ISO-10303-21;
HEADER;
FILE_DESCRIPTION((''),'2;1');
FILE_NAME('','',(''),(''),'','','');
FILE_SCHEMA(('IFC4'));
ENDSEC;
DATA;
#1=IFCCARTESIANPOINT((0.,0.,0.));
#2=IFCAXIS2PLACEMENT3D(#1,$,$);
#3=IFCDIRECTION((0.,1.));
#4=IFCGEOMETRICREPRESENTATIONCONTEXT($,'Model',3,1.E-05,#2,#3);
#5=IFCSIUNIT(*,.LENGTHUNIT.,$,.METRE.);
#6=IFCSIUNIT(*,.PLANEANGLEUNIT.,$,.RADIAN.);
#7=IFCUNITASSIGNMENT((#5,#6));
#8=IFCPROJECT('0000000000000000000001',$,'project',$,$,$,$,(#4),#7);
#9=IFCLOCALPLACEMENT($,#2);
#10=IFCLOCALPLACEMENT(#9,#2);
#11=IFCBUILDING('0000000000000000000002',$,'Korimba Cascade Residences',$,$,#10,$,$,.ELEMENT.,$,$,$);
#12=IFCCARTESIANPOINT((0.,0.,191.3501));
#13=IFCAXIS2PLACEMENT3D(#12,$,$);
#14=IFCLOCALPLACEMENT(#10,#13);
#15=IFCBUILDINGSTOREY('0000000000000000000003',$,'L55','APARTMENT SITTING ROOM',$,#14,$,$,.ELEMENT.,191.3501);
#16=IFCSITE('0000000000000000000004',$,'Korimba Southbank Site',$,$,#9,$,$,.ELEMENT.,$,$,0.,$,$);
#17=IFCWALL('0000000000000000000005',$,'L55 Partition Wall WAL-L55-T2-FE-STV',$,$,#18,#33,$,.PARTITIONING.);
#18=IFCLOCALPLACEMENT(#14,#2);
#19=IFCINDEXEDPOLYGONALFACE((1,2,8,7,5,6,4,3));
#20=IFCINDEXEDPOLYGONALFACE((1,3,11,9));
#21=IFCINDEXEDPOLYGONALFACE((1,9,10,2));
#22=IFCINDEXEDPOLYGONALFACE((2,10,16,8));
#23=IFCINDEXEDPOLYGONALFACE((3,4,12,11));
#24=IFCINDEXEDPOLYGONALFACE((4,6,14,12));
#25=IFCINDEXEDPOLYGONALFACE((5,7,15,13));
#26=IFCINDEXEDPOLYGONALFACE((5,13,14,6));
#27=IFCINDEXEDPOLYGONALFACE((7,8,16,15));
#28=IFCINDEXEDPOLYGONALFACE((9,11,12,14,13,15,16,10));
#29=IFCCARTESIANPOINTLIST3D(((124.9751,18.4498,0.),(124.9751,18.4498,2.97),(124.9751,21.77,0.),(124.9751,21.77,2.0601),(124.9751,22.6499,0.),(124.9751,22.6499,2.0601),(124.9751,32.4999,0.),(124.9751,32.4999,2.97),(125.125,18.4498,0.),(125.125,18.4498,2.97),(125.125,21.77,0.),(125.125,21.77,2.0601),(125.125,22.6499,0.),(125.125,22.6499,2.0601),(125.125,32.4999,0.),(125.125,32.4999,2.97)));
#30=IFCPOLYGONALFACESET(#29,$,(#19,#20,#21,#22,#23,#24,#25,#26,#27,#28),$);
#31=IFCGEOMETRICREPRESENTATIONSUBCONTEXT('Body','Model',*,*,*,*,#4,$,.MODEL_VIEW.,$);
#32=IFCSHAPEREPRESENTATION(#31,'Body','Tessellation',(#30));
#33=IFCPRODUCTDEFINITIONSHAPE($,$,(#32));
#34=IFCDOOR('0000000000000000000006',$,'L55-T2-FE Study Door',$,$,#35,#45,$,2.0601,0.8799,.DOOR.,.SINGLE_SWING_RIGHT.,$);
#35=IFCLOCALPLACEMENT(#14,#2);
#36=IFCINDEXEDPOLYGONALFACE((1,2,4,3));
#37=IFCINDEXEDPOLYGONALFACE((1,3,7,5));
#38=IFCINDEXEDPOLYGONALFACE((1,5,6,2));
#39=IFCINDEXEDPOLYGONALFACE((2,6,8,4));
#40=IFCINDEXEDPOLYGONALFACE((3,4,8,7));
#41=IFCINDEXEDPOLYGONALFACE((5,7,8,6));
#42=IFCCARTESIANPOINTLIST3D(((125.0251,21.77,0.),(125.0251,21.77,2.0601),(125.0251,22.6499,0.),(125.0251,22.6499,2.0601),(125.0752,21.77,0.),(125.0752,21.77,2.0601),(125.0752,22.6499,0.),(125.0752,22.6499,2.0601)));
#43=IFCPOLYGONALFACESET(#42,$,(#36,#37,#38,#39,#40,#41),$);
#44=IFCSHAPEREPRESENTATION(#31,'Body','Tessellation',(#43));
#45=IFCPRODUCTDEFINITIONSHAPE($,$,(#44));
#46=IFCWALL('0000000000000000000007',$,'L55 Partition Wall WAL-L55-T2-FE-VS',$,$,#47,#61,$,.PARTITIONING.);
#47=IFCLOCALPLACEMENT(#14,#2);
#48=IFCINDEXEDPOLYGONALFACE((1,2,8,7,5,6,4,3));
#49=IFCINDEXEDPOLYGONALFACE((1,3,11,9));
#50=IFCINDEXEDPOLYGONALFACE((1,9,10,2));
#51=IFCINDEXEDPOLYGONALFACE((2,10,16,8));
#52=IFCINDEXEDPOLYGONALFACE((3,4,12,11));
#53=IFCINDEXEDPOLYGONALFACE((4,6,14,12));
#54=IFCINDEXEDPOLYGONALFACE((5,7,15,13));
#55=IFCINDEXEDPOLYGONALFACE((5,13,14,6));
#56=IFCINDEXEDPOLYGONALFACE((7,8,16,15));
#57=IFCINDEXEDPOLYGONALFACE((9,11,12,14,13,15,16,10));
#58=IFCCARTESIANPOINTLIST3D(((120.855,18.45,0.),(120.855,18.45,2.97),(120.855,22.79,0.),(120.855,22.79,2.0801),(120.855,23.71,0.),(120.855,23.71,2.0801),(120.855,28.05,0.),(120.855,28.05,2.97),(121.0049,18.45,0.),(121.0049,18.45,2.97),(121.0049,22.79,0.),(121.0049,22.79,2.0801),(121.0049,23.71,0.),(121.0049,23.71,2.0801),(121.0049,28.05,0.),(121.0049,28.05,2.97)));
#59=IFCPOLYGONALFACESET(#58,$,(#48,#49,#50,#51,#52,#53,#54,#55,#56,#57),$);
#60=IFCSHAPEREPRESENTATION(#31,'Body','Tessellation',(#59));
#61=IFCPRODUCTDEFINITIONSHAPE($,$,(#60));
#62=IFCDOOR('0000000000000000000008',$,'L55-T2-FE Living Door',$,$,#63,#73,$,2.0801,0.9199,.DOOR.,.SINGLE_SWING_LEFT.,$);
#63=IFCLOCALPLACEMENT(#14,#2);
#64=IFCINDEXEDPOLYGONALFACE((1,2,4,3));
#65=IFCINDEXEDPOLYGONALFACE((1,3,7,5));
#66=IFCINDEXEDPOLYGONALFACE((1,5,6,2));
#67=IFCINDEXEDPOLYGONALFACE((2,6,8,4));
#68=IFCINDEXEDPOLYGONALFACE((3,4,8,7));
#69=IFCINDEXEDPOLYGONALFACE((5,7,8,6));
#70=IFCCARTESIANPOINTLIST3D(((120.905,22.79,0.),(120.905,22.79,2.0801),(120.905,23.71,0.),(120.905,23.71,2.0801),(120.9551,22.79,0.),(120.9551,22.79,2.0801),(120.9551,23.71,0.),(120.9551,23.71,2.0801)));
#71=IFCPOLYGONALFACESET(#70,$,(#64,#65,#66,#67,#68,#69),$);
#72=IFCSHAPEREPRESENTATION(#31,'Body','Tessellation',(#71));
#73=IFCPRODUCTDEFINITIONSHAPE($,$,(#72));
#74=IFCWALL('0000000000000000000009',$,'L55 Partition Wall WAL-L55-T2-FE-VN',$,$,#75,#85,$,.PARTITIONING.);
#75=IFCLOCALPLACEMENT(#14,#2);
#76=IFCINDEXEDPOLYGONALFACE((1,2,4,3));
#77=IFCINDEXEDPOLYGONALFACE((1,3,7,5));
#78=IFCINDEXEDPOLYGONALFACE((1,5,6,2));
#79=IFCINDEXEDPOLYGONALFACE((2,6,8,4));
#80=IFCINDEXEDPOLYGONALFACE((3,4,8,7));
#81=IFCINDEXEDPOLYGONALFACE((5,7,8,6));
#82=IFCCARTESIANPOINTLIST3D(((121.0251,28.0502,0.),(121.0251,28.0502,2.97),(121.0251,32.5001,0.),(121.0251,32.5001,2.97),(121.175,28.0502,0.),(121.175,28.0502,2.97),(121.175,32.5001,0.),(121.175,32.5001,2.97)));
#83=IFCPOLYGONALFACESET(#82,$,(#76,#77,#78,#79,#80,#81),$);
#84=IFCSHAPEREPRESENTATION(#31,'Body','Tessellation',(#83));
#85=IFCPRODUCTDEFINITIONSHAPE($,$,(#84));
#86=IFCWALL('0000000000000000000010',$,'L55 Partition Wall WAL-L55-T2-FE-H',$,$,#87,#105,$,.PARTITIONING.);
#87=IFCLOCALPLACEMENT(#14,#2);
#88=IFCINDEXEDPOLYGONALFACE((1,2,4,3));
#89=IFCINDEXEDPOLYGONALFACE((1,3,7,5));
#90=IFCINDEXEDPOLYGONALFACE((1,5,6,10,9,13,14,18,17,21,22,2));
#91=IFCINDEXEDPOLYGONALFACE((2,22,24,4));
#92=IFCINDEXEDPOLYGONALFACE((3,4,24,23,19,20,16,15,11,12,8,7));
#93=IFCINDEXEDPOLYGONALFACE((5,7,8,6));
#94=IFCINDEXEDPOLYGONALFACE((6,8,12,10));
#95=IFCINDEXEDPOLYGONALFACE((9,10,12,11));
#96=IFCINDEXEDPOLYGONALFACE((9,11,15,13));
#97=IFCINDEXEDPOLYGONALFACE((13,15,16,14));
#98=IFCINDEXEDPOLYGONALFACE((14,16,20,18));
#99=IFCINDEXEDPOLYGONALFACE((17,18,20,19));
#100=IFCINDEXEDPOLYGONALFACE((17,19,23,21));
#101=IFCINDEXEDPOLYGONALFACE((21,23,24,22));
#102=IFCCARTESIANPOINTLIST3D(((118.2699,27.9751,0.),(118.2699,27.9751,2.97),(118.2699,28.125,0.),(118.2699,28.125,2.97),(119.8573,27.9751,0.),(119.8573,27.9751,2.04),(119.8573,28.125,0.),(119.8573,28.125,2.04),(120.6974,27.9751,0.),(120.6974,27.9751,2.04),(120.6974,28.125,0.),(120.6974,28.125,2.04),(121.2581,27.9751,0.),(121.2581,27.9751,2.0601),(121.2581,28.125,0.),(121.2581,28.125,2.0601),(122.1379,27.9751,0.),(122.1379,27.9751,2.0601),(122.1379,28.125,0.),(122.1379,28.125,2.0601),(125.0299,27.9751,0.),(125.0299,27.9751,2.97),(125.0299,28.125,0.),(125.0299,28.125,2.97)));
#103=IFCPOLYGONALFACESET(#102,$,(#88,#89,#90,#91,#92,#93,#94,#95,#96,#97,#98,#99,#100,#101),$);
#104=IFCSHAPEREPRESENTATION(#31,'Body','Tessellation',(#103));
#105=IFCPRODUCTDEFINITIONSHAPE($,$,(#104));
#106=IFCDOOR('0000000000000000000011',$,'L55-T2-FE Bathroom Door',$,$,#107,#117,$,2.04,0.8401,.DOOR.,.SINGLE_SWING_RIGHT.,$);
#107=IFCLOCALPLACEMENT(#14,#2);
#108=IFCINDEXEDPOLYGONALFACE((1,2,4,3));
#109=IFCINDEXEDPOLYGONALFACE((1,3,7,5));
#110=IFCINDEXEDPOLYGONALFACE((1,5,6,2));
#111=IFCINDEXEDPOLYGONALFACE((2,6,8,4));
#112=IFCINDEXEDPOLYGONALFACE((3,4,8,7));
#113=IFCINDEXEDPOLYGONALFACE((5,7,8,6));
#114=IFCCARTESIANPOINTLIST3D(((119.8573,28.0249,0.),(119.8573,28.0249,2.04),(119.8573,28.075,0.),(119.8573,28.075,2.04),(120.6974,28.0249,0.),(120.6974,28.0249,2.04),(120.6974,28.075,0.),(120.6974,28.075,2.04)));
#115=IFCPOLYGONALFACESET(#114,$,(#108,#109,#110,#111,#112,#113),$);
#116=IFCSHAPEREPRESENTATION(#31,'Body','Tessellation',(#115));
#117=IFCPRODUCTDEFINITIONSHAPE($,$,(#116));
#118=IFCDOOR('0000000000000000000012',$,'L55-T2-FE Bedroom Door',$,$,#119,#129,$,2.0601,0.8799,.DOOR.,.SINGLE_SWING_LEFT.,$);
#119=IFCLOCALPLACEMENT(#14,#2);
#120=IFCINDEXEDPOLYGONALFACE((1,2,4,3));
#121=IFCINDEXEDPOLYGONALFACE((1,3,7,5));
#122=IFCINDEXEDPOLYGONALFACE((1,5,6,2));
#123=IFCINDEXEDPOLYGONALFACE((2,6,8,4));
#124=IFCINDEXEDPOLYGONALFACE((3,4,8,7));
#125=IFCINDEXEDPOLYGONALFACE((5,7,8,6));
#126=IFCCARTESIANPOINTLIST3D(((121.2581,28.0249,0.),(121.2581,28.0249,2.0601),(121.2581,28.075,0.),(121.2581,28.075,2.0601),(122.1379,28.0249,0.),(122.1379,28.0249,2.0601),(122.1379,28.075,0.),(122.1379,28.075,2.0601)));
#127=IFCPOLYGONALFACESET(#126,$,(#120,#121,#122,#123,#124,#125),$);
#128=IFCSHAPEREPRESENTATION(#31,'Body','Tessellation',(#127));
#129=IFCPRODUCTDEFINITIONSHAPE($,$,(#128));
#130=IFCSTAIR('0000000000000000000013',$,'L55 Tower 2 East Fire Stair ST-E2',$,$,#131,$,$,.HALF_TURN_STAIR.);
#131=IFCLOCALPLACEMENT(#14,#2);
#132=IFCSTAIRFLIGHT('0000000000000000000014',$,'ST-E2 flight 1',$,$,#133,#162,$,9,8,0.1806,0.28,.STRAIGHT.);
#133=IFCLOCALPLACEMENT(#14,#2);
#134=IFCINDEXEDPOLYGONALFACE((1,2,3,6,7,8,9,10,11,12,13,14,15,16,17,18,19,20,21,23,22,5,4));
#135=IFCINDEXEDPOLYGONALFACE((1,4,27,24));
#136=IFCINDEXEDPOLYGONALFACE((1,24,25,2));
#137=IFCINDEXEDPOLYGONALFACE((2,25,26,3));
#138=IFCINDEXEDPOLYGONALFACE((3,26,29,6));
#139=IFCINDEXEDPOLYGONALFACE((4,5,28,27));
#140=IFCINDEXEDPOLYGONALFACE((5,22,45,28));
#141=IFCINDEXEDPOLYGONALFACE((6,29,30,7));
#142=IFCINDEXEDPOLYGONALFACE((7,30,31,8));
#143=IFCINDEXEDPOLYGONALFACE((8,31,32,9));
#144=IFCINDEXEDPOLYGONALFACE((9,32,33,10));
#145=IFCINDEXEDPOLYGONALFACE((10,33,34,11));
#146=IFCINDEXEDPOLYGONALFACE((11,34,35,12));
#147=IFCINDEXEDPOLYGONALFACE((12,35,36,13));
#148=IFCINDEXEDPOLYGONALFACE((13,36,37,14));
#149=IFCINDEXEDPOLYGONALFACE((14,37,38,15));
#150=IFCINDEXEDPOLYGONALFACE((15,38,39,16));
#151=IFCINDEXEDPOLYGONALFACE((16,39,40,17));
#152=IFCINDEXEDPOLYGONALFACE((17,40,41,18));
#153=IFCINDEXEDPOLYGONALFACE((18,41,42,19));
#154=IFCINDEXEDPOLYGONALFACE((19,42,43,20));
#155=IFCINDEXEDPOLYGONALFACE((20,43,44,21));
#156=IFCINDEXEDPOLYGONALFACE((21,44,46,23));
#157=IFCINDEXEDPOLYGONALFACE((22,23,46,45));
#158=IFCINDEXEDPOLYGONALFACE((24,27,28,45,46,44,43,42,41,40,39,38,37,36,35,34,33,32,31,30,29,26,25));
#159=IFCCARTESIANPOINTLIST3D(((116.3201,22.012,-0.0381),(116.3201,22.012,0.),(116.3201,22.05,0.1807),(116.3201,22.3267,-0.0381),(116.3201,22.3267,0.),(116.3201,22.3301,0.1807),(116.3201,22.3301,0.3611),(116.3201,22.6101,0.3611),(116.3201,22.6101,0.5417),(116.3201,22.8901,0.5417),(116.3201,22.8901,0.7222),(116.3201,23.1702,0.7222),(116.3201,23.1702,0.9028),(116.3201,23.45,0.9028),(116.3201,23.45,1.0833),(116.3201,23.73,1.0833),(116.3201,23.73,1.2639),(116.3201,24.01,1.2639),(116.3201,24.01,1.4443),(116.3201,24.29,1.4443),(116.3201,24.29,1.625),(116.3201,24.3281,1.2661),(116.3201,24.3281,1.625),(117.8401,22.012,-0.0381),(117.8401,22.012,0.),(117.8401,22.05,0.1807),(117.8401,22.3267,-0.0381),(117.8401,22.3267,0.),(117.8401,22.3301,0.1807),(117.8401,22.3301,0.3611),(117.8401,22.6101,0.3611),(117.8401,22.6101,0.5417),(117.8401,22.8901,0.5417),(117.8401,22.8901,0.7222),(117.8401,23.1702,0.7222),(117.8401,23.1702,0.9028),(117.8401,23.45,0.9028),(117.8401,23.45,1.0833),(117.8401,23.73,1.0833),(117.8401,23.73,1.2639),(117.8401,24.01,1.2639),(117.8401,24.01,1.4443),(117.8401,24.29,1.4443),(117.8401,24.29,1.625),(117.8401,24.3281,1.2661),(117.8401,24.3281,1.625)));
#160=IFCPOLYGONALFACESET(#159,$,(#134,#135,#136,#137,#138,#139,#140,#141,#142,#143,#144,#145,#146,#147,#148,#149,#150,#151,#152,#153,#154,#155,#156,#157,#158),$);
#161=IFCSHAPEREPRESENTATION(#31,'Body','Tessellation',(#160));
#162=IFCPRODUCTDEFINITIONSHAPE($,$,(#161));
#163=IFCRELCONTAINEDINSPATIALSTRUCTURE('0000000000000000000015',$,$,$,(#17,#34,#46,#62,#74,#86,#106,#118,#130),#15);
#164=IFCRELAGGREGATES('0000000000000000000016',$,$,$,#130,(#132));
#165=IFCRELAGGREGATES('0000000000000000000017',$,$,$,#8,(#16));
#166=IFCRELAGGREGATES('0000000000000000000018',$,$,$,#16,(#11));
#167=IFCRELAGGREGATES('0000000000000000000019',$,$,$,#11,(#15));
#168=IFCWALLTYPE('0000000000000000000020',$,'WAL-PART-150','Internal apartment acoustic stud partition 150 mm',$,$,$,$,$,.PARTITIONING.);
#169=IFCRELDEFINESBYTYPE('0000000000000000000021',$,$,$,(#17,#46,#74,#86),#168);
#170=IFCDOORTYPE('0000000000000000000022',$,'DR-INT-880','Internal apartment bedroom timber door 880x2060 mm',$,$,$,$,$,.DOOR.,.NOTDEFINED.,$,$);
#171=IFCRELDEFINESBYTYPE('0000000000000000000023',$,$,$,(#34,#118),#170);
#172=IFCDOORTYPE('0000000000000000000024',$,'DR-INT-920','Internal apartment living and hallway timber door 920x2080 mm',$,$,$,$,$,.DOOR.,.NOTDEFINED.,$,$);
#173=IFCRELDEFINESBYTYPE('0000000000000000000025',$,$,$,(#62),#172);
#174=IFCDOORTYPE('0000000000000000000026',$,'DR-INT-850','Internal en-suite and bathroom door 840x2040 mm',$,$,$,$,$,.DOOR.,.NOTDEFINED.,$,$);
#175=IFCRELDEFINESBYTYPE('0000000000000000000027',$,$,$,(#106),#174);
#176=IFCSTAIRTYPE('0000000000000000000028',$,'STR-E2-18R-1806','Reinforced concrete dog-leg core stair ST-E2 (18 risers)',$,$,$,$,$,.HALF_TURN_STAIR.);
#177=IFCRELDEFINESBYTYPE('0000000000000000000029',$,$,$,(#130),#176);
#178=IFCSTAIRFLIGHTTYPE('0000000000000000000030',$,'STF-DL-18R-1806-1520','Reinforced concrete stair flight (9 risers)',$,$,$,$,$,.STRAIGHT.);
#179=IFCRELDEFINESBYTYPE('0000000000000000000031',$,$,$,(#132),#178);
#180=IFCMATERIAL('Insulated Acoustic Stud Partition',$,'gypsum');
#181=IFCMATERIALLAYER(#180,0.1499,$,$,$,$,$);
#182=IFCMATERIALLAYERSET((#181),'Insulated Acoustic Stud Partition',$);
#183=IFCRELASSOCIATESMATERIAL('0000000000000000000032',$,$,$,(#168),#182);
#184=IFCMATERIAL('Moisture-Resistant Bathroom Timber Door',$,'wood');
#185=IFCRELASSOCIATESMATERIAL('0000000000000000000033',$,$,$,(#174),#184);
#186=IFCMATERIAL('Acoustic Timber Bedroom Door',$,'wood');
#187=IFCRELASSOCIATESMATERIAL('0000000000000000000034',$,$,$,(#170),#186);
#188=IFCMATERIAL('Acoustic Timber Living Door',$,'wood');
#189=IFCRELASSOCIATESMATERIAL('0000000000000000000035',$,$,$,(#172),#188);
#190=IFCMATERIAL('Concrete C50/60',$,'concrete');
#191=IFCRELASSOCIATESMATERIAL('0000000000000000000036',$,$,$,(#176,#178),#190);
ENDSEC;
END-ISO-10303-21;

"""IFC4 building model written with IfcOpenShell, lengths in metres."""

from ifc_helpers import new_model, si_unit, direction, frame, frame_2d, origin, place, context, subcontext, project, spatial, polyline, rectangle, outline, extrude, material, layer, layer_set, type_object, element, fill, aggregate, save


model = new_model("IFC4")

# Units and contexts
model_context = context("Model", 3, precision=1e-05, world=origin(), true_north=direction((0.0, 1.0)))
body_context = subcontext(model_context, "Body", "Model", "MODEL_VIEW")
ifc_project = project(units=[si_unit("LENGTHUNIT", "METRE"), si_unit("PLANEANGLEUNIT", "RADIAN")], contexts=[model_context])

# Site, building, storey
site_placement = place(None, origin())
site = spatial("IfcSite", under=ifc_project, at=site_placement, Name="Korimba Southbank Site", CompositionType="ELEMENT", RefElevation=0.0)
building_placement = place(site_placement, origin())
building = spatial("IfcBuilding", under=site, at=building_placement, Name="Korimba Cascade Residences", CompositionType="ELEMENT")
storey_placement = place(building_placement, frame((0.0, 0.0, 191.3501)))
storey = spatial("IfcBuildingStorey", under=building, at=storey_placement, Name="L55", Description="APARTMENT SITTING ROOM", CompositionType="ELEMENT", Elevation=191.3501)

# Shared definitions
ifc_material_1 = material(Name="Concrete C50/60", Category="concrete")

# Walls, openings, doors
ifc_material_2 = material(Name="Insulated Acoustic Stud Partition", Category="gypsum")
ifc_layer_1 = layer(ifc_material_2, 0.1499)
ifc_layer_set_1 = layer_set([ifc_layer_1], Name="Insulated Acoustic Stud Partition")
wall_type_1 = type_object("IfcWallType", Name="WAL-PART-150", Description="Internal apartment acoustic stud partition 150 mm", PredefinedType="PARTITIONING", material=ifc_layer_set_1)
ifc_material_3 = material(Name="Moisture-Resistant Bathroom Timber Door", Category="wood")
door_type_1 = type_object("IfcDoorType", Name="DR-INT-850", Description="Internal en-suite and bathroom door 840x2040 mm", OperationType="NOTDEFINED", PredefinedType="DOOR", material=ifc_material_3)
wall_1_placement = place(storey_placement, frame((125.05, 18.45, 0.0), z_axis=(0.0, 0.0, 1.0), x_axis=(0.0, 1.0, 0.0)))
wall_1 = element("IfcWall", 1, at=wall_1_placement, inside=storey, type_object=wall_type_1, Name="L55 Partition Wall WAL-L55-T2-FE-STV", PredefinedType="PARTITIONING", context=body_context, shape_type="SweptSolid", body=[
    extrude(rectangle(XDim=14.05, YDim=0.1499, at=frame_2d((7.0249, 0.0))), origin(), (0.0, 0.0, 1.0), 2.97),
])
opening_1_placement = place(wall_1_placement, frame((3.3201, 0.0, 0.0)))
opening_1 = element("IfcOpeningElement", 2, at=opening_1_placement, cuts=wall_1, PredefinedType="OPENING", context=body_context, shape_type="SweptSolid", body=[
    extrude(rectangle(XDim=0.8799, YDim=2.0601, at=frame_2d((0.4399, 1.03))), frame((0.0, 0.085, 0.0), z_axis=(0.0, -1.0, 0.0), x_axis=(1.0, 0.0, 0.0)), (0.0, 0.0, 1.0), 0.1699),
])
ifc_material_4 = material(Name="Acoustic Timber Bedroom Door", Category="wood")
door_type_2 = type_object("IfcDoorType", Name="DR-INT-880", Description="Internal apartment bedroom timber door 880x2060 mm", OperationType="NOTDEFINED", PredefinedType="DOOR", material=ifc_material_4)
door_1_placement = place(opening_1_placement, origin())
door_1 = element("IfcDoor", 3, at=door_1_placement, inside=storey, type_object=door_type_2, Name="L55-T2-FE Study Door", OperationType="SINGLE_SWING_RIGHT", OverallHeight=2.0601, OverallWidth=0.8799, PredefinedType="DOOR", context=body_context, shape_type="SweptSolid", body=[
    extrude(rectangle(XDim=0.8799, YDim=2.0601, at=frame_2d((0.4399, 1.03))), frame((0.0, 0.0249, 0.0), z_axis=(0.0, -1.0, 0.0), x_axis=(1.0, 0.0, 0.0)), (0.0, 0.0, 1.0), 0.05),
])
fill(opening_1, door_1)
wall_2_placement = place(storey_placement, frame((120.9299, 18.45, 0.0), z_axis=(0.0, 0.0, 1.0), x_axis=(0.0, 1.0, 0.0)))
wall_2 = element("IfcWall", 4, at=wall_2_placement, inside=storey, type_object=wall_type_1, Name="L55 Partition Wall WAL-L55-T2-FE-VS", PredefinedType="PARTITIONING", context=body_context, shape_type="SweptSolid", body=[
    extrude(rectangle(XDim=9.6001, YDim=0.1499, at=frame_2d((4.8, 0.0))), origin(), (0.0, 0.0, 1.0), 2.97),
])
opening_2_placement = place(wall_2_placement, frame((4.3401, 0.0, 0.0)))
opening_2 = element("IfcOpeningElement", 5, at=opening_2_placement, cuts=wall_2, PredefinedType="OPENING", context=body_context, shape_type="SweptSolid", body=[
    extrude(rectangle(XDim=0.9199, YDim=2.0801, at=frame_2d((0.46, 1.04))), frame((0.0, 0.085, 0.0), z_axis=(0.0, -1.0, 0.0), x_axis=(1.0, 0.0, 0.0)), (0.0, 0.0, 1.0), 0.1699),
])
ifc_material_5 = material(Name="Acoustic Timber Living Door", Category="wood")
door_type_3 = type_object("IfcDoorType", Name="DR-INT-920", Description="Internal apartment living and hallway timber door 920x2080 mm", OperationType="NOTDEFINED", PredefinedType="DOOR", material=ifc_material_5)
door_2_placement = place(opening_2_placement, origin())
door_2 = element("IfcDoor", 6, at=door_2_placement, inside=storey, type_object=door_type_3, Name="L55-T2-FE Living Door", OperationType="SINGLE_SWING_LEFT", OverallHeight=2.0801, OverallWidth=0.9199, PredefinedType="DOOR", context=body_context, shape_type="SweptSolid", body=[
    extrude(rectangle(XDim=0.9199, YDim=2.0801, at=frame_2d((0.46, 1.04))), frame((0.0, 0.0249, 0.0), z_axis=(0.0, -1.0, 0.0), x_axis=(1.0, 0.0, 0.0)), (0.0, 0.0, 1.0), 0.05),
])
fill(opening_2, door_2)

# Wall
wall_3_placement = place(storey_placement, frame((121.1001, 28.05, 0.0), z_axis=(0.0, 0.0, 1.0), x_axis=(0.0, 1.0, 0.0)))
element("IfcWall", 7, at=wall_3_placement, inside=storey, type_object=wall_type_1, Name="L55 Partition Wall WAL-L55-T2-FE-VN", PredefinedType="PARTITIONING", context=body_context, shape_type="SweptSolid", body=[
    extrude(rectangle(XDim=4.45, YDim=0.1499, at=frame_2d((2.2251, 0.0))), origin(), (0.0, 0.0, 1.0), 2.97),
])

# Wall, openings, doors
wall_4_placement = place(storey_placement, frame((118.27, 28.05, 0.0), z_axis=(0.0, 0.0, 1.0), x_axis=(1.0, 0.0, 0.0)))
wall_4 = element("IfcWall", 8, at=wall_4_placement, inside=storey, type_object=wall_type_1, Name="L55 Partition Wall WAL-L55-T2-FE-H", PredefinedType="PARTITIONING", context=body_context, shape_type="SweptSolid", body=[
    extrude(rectangle(XDim=6.76, YDim=0.1499, at=frame_2d((3.3799, 0.0))), origin(), (0.0, 0.0, 1.0), 2.97),
])
opening_3_placement = place(wall_4_placement, frame((1.5874, 0.0, 0.0)))
opening_3 = element("IfcOpeningElement", 9, at=opening_3_placement, cuts=wall_4, PredefinedType="OPENING", context=body_context, shape_type="SweptSolid", body=[
    extrude(rectangle(XDim=0.8401, YDim=2.04, at=frame_2d((0.4199, 1.02))), frame((0.0, 0.085, 0.0), z_axis=(0.0, -1.0, 0.0), x_axis=(1.0, 0.0, 0.0)), (0.0, 0.0, 1.0), 0.1699),
])
opening_4_placement = place(wall_4_placement, frame((2.988, 0.0, 0.0)))
opening_4 = element("IfcOpeningElement", 10, at=opening_4_placement, cuts=wall_4, PredefinedType="OPENING", context=body_context, shape_type="SweptSolid", body=[
    extrude(rectangle(XDim=0.8799, YDim=2.0601, at=frame_2d((0.4399, 1.03))), frame((0.0, 0.085, 0.0), z_axis=(0.0, -1.0, 0.0), x_axis=(1.0, 0.0, 0.0)), (0.0, 0.0, 1.0), 0.1699),
])
door_3_placement = place(opening_3_placement, origin())
door_3 = element("IfcDoor", 11, at=door_3_placement, inside=storey, type_object=door_type_1, Name="L55-T2-FE Bathroom Door", OperationType="SINGLE_SWING_RIGHT", OverallHeight=2.04, OverallWidth=0.8401, PredefinedType="DOOR", context=body_context, shape_type="SweptSolid", body=[
    extrude(rectangle(XDim=0.8401, YDim=2.04, at=frame_2d((0.4199, 1.02))), frame((0.0, 0.0249, 0.0), z_axis=(0.0, -1.0, 0.0), x_axis=(1.0, 0.0, 0.0)), (0.0, 0.0, 1.0), 0.05),
])
fill(opening_3, door_3)
door_4_placement = place(opening_4_placement, origin())
door_4 = element("IfcDoor", 12, at=door_4_placement, inside=storey, type_object=door_type_2, Name="L55-T2-FE Bedroom Door", OperationType="SINGLE_SWING_LEFT", OverallHeight=2.0601, OverallWidth=0.8799, PredefinedType="DOOR", context=body_context, shape_type="SweptSolid", body=[
    extrude(rectangle(XDim=0.8799, YDim=2.0601, at=frame_2d((0.4399, 1.03))), frame((0.0, 0.0249, 0.0), z_axis=(0.0, -1.0, 0.0), x_axis=(1.0, 0.0, 0.0)), (0.0, 0.0, 1.0), 0.05),
])
fill(opening_4, door_4)

# Stair, stair flight
stair_type = type_object("IfcStairType", Name="STR-E2-18R-1806", Description="Reinforced concrete dog-leg core stair ST-E2 (18 risers)", PredefinedType="HALF_TURN_STAIR", material=ifc_material_1)
stair_placement = place(storey_placement, origin())
stair = element("IfcStair", 13, at=stair_placement, inside=storey, type_object=stair_type, Name="L55 Tower 2 East Fire Stair ST-E2", PredefinedType="HALF_TURN_STAIR")
stair_flight_type = type_object("IfcStairFlightType", Name="STF-DL-18R-1806-1520", Description="Reinforced concrete stair flight (9 risers)", PredefinedType="STRAIGHT", material=ifc_material_1)
stair_flight_placement = place(storey_placement, frame((117.0801, 22.05, 0.0), z_axis=(0.0, 0.0, 1.0), x_axis=(0.0, 1.0, 0.0)))
stair_flight = element("IfcStairFlight", 14, at=stair_flight_placement, type_object=stair_flight_type, Name="ST-E2 flight 1", NumberOfRisers=9, NumberOfTreads=8, PredefinedType="STRAIGHT", RiserHeight=0.1806, TreadLength=0.28, context=body_context, shape_type="SweptSolid", body=[
    extrude(outline(polyline([(-0.0381, 0.0), (0.0, 0.1807), (0.28, 0.1807), (0.28, 0.3611), (0.5601, 0.3611), (0.5601, 0.5417), (0.8401, 0.5417), (0.8401, 0.7222), (1.1201, 0.7222), (1.1201, 0.9028), (1.3999, 0.9028), (1.3999, 1.0833), (1.6799, 1.0833), (1.6799, 1.2639), (1.96, 1.2639), (1.96, 1.4443), (2.24, 1.4443), (2.24, 1.625), (2.2781, 1.625), (2.2781, 1.2661), (0.2766, 0.0), (0.2766, -0.0381), (-0.0381, -0.0381), (-0.0381, 0.0)])), frame((0.0, 0.76, 0.0), z_axis=(0.0, -1.0, 0.0), x_axis=(1.0, 0.0, 0.0)), (0.0, 0.0, 1.0), 1.52),
])
aggregate(stair, [stair_flight])

save(model, "model.ifc")
